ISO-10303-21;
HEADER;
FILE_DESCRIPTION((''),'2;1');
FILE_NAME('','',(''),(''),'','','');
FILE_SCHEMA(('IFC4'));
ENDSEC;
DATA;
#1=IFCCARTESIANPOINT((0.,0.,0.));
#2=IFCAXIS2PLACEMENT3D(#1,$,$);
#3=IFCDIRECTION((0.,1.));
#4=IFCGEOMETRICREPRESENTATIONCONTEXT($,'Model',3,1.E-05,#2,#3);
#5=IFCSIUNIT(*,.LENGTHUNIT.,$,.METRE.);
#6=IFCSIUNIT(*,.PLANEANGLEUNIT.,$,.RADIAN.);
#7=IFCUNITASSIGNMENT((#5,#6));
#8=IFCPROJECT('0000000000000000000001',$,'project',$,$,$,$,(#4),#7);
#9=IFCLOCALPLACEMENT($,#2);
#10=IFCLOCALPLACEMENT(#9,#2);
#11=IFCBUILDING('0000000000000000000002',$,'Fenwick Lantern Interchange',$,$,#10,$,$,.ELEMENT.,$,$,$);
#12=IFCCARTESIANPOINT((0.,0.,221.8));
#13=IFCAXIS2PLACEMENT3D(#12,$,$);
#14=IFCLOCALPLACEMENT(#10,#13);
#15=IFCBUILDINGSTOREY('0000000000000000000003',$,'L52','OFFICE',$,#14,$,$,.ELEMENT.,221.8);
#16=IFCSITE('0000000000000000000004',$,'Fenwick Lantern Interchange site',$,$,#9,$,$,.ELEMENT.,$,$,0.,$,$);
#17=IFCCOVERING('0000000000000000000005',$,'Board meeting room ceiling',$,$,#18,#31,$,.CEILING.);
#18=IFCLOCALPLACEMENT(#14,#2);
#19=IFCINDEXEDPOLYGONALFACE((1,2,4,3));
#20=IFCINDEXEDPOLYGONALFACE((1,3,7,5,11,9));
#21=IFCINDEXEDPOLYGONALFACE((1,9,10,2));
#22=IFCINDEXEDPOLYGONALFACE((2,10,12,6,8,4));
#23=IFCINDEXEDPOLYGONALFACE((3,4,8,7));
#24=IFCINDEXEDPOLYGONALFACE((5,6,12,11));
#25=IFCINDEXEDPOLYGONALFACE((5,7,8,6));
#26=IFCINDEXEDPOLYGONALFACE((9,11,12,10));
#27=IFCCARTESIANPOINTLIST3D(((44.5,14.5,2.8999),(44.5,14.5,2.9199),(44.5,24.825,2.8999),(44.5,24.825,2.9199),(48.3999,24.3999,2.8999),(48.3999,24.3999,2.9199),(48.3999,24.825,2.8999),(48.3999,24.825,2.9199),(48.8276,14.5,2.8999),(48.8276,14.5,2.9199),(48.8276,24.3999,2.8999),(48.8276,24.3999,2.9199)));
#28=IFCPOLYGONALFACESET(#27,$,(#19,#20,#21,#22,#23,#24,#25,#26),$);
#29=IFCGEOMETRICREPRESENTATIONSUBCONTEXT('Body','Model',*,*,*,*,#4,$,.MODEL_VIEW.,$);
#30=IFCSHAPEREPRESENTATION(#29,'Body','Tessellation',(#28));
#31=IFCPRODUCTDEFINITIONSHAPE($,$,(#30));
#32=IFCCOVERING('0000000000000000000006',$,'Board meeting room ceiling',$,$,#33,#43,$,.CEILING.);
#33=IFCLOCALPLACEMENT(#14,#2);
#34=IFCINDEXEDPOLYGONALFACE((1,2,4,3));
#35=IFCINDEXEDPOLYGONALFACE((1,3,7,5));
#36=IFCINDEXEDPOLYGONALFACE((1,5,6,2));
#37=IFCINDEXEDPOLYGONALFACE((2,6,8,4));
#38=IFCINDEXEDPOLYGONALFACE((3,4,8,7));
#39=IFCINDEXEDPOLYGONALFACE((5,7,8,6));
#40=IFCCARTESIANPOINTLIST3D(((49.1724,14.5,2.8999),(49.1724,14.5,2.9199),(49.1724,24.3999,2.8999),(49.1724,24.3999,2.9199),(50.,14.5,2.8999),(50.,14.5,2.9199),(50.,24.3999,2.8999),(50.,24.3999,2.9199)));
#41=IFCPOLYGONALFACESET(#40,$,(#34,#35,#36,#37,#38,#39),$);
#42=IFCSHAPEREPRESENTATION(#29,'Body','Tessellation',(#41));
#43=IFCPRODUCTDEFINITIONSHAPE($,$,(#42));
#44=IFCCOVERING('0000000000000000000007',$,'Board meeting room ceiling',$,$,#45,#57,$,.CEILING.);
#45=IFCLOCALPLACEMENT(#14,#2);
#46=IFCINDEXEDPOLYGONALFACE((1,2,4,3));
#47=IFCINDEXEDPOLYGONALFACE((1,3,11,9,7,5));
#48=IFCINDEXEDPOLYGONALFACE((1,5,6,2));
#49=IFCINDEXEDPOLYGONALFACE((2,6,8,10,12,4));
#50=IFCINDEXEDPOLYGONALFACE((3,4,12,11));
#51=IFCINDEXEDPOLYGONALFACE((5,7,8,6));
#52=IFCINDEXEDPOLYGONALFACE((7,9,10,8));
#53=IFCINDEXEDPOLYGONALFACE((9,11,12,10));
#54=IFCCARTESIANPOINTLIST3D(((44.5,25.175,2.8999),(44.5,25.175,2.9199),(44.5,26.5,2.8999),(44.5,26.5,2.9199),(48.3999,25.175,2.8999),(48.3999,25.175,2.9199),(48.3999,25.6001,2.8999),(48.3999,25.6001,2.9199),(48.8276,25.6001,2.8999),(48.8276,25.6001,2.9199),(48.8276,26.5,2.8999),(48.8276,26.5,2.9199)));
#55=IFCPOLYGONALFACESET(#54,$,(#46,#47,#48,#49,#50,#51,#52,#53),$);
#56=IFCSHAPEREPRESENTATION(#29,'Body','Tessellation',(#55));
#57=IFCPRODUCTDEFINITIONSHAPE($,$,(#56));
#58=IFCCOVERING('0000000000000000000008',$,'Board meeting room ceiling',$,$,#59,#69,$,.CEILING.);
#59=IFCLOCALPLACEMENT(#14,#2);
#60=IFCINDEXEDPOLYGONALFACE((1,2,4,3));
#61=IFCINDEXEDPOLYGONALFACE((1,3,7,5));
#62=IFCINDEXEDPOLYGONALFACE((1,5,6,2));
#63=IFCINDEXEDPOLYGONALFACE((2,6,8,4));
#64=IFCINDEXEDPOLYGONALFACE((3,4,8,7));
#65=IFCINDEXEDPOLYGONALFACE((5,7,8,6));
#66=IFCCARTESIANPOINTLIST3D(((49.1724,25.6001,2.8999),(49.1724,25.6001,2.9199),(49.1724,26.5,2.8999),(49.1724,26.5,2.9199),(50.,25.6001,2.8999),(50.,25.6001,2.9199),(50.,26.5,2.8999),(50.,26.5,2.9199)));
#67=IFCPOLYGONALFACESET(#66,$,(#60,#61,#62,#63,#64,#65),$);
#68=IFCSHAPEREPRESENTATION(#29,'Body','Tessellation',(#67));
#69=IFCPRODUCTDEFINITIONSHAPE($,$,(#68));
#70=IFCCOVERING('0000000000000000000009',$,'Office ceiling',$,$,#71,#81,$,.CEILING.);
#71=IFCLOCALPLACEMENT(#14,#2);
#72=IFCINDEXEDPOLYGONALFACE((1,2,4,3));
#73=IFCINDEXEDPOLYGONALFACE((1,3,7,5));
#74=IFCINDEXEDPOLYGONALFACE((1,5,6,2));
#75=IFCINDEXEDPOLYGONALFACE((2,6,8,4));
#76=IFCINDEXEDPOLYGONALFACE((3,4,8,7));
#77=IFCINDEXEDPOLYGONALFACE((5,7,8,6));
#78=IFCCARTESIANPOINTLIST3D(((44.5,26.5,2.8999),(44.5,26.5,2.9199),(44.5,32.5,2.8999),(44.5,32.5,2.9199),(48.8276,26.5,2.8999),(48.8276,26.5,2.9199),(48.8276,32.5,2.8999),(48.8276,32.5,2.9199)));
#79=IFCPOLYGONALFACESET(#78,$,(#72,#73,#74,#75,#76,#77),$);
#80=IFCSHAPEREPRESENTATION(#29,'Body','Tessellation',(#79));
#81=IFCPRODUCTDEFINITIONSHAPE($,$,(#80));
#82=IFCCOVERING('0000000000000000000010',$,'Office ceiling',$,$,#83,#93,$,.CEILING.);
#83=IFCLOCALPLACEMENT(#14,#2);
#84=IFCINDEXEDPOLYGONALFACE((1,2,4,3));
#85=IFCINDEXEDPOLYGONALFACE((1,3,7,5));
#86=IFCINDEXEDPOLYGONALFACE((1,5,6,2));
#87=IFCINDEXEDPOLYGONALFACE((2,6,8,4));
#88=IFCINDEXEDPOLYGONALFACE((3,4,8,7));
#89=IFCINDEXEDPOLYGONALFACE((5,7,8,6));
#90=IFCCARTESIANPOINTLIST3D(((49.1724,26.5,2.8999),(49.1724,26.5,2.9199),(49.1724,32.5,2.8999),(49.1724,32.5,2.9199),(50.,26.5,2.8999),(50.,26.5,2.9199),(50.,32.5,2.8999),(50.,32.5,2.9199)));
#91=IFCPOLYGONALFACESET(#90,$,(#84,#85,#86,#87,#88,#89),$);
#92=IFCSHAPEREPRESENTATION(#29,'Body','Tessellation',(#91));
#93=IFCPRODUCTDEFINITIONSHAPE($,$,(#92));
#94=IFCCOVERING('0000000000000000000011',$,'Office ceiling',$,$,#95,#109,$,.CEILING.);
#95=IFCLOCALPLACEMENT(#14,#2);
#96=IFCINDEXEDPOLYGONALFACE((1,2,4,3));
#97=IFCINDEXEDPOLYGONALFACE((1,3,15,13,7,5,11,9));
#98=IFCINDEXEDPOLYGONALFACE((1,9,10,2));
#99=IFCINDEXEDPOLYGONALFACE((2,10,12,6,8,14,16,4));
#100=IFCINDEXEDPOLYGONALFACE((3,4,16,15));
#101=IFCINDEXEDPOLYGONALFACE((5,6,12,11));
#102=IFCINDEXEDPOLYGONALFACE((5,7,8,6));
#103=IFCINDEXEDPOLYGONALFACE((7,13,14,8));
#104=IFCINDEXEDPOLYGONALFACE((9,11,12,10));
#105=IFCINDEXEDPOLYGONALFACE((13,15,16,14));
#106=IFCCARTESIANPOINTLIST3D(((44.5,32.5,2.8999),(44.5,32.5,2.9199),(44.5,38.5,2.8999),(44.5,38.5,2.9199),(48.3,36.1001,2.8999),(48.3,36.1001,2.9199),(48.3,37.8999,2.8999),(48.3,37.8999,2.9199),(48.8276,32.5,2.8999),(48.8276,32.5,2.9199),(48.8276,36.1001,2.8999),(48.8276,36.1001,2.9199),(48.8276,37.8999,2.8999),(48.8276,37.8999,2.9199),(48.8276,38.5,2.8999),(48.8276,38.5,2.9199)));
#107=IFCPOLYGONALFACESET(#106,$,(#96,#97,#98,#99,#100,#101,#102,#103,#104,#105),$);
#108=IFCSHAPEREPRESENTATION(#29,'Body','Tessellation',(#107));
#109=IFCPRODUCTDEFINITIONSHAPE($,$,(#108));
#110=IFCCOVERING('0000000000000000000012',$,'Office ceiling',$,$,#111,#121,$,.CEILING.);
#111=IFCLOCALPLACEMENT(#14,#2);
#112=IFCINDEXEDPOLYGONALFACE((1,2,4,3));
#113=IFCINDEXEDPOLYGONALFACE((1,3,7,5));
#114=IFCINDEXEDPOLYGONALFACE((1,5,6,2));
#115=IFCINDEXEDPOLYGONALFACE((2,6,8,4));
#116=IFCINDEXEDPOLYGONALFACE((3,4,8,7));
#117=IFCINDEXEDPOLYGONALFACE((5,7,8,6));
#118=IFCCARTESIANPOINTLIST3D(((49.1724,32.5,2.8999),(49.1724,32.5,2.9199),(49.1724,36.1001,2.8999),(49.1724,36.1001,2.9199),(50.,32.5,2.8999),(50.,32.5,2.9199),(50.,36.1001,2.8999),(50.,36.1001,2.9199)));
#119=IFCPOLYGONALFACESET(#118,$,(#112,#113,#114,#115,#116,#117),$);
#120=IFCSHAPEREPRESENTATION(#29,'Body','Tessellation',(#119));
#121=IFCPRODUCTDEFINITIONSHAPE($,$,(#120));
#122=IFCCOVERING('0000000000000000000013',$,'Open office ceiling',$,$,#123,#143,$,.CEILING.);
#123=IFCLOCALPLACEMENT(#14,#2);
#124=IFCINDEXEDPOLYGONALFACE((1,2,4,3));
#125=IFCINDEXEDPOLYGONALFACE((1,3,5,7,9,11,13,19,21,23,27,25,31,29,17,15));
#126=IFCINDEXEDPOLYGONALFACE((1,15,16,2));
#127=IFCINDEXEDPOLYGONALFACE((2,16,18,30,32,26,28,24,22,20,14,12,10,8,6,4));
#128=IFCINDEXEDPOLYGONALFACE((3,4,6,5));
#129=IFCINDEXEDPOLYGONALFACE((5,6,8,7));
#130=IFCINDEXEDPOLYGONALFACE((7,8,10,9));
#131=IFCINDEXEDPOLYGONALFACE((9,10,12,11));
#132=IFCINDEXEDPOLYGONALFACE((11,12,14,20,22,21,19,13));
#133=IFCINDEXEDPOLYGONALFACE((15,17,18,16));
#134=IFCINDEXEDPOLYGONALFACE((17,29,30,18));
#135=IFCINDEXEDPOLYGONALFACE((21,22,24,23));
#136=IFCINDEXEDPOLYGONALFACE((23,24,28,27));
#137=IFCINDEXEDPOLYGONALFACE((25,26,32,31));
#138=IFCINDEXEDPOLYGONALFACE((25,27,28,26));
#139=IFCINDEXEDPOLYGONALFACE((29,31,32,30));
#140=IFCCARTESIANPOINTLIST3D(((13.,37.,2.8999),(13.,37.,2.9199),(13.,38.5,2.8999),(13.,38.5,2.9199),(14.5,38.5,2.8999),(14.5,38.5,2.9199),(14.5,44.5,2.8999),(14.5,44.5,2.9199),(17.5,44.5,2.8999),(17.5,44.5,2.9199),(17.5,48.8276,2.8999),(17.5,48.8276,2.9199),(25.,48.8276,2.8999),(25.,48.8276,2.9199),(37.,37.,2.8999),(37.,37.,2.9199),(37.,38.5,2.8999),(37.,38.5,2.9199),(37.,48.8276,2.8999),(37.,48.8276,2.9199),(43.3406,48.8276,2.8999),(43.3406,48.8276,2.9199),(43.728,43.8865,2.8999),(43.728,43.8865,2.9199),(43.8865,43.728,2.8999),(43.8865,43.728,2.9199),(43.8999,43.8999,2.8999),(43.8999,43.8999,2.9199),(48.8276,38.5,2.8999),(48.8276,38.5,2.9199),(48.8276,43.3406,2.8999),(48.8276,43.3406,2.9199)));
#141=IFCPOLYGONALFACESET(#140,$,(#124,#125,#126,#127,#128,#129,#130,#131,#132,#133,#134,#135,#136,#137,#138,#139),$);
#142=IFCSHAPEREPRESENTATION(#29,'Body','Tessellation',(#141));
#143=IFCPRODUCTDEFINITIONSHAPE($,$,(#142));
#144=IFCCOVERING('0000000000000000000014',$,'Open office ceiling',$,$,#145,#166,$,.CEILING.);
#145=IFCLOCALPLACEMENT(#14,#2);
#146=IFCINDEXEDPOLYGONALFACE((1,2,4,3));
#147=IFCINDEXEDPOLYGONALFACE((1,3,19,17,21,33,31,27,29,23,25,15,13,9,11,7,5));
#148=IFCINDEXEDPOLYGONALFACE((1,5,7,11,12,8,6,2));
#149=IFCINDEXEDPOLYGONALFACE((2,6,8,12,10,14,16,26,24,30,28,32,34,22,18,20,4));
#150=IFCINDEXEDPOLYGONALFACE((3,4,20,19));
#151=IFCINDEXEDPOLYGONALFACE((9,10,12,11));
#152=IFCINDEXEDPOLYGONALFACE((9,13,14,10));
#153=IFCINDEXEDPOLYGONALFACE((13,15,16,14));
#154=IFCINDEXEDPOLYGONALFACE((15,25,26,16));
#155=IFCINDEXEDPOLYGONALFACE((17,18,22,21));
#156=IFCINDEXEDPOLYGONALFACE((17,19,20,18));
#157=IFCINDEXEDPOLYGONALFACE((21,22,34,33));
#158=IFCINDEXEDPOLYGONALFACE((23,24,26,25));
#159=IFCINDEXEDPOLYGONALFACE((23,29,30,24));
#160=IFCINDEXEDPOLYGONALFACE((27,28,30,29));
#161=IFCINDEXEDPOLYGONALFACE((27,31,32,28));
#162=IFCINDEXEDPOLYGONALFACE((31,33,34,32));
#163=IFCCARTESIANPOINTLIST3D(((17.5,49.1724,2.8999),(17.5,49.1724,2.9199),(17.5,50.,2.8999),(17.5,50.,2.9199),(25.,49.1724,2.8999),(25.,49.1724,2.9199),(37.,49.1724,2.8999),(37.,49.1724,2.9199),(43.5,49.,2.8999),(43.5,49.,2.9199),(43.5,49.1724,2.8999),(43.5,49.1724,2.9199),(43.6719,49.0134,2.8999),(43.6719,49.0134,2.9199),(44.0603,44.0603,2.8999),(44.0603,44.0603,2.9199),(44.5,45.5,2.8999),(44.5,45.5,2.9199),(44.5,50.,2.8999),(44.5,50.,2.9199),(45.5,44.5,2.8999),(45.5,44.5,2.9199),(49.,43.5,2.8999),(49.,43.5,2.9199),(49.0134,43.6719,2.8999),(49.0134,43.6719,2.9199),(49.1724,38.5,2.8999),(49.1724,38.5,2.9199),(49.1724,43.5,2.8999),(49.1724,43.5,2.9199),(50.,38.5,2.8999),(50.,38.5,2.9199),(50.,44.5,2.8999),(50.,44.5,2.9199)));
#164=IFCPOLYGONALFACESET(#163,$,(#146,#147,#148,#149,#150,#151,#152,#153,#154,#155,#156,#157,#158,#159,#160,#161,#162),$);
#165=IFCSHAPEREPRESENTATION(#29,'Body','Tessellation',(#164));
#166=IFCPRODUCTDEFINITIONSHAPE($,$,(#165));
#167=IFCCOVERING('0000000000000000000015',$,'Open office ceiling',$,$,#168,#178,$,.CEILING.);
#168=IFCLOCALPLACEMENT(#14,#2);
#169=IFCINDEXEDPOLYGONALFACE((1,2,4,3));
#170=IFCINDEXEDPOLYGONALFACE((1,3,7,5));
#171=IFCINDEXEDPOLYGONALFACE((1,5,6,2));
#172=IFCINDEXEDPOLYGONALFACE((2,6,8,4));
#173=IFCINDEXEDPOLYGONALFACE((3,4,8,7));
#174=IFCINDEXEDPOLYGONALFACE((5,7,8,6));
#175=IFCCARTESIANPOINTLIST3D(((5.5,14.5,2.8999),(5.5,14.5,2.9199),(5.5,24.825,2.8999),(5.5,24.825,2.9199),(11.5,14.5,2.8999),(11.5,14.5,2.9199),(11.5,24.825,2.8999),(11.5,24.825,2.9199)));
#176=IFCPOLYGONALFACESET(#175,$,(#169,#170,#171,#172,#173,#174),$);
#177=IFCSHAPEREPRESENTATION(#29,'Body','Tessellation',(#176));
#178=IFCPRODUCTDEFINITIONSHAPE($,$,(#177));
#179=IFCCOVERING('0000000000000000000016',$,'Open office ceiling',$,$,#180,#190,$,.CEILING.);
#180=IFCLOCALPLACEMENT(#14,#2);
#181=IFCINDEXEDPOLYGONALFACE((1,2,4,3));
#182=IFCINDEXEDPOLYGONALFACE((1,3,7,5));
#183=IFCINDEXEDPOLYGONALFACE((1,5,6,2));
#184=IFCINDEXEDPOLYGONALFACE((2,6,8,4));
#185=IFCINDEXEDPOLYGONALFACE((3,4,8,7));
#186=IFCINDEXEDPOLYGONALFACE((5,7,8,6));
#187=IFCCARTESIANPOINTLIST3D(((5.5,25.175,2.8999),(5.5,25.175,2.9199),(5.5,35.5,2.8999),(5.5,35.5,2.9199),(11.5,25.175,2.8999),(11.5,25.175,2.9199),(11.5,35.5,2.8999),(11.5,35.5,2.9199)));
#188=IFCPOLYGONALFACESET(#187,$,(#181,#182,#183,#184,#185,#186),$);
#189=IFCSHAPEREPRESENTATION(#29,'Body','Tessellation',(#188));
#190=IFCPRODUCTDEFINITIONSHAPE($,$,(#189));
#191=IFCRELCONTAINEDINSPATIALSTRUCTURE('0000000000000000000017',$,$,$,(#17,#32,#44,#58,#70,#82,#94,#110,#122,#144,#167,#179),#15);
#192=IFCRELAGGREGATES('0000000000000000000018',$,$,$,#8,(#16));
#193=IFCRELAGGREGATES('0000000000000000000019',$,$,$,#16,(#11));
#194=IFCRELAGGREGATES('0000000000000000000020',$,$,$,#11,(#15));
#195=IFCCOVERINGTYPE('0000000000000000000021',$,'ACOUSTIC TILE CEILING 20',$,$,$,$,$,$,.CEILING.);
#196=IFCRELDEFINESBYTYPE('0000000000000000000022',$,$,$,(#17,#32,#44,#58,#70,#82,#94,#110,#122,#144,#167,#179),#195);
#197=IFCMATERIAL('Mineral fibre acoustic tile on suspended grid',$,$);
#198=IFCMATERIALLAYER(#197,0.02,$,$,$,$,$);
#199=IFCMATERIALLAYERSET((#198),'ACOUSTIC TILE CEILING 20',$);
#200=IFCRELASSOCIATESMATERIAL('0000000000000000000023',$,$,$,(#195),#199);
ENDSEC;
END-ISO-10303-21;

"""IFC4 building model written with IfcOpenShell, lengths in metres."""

from ifc_helpers import new_model, si_unit, direction, frame, origin, place, context, subcontext, project, spatial, polyline, outline, extrude, material, layer, layer_set, type_object, element, save


model = new_model("IFC4")

# Units and contexts
model_context = context("Model", 3, precision=1e-05, world=origin(), true_north=direction((0.0, 1.0)))
body_context = subcontext(model_context, "Body", "Model", "MODEL_VIEW")
ifc_project = project(units=[si_unit("LENGTHUNIT", "METRE"), si_unit("PLANEANGLEUNIT", "RADIAN")], contexts=[model_context])

# Site, building, storey
site_placement = place(None, origin())
site = spatial("IfcSite", under=ifc_project, at=site_placement, Name="Fenwick Lantern Interchange site", CompositionType="ELEMENT", RefElevation=0.0)
building_placement = place(site_placement, origin())
building = spatial("IfcBuilding", under=site, at=building_placement, Name="Fenwick Lantern Interchange", CompositionType="ELEMENT")
storey_placement = place(building_placement, frame((0.0, 0.0, 221.8)))
storey = spatial("IfcBuildingStorey", under=building, at=storey_placement, Name="L52", Description="OFFICE", CompositionType="ELEMENT", Elevation=221.8)

# Coverings
ifc_material_1 = material(Name="Mineral fibre acoustic tile on suspended grid")
ifc_layer_1 = layer(ifc_material_1, 0.02)
ifc_layer_set_1 = layer_set([ifc_layer_1], Name="ACOUSTIC TILE CEILING 20")
covering_type_1 = type_object("IfcCoveringType", Name="ACOUSTIC TILE CEILING 20", PredefinedType="CEILING", material=ifc_layer_set_1)
covering_1_placement = place(storey_placement, frame((0.0, 0.0, 2.8999)))
element("IfcCovering", 1, at=covering_1_placement, inside=storey, type_object=covering_type_1, Name="Board meeting room ceiling", PredefinedType="CEILING", context=body_context, shape_type="SweptSolid", body=[
    extrude(outline(polyline([(44.5, 24.825), (44.5, 14.5), (48.8276, 14.5), (48.8276, 24.3999), (48.3999, 24.3999), (48.3999, 24.825), (44.5, 24.825)])), origin(), (0.0, 0.0, 1.0), 0.02),
])
covering_2_placement = place(storey_placement, frame((0.0, 0.0, 2.8999)))
element("IfcCovering", 2, at=covering_2_placement, inside=storey, type_object=covering_type_1, Name="Board meeting room ceiling", PredefinedType="CEILING", context=body_context, shape_type="SweptSolid", body=[
    extrude(outline(polyline([(50.0, 24.3999), (49.1724, 24.3999), (49.1724, 14.5), (50.0, 14.5), (50.0, 24.3999)])), origin(), (0.0, 0.0, 1.0), 0.02),
])
covering_3_placement = place(storey_placement, frame((0.0, 0.0, 2.8999)))
element("IfcCovering", 3, at=covering_3_placement, inside=storey, type_object=covering_type_1, Name="Board meeting room ceiling", PredefinedType="CEILING", context=body_context, shape_type="SweptSolid", body=[
    extrude(outline(polyline([(44.5, 26.5), (44.5, 25.175), (48.3999, 25.175), (48.3999, 25.6001), (48.8276, 25.6001), (48.8276, 26.5), (44.5, 26.5)])), origin(), (0.0, 0.0, 1.0), 0.02),
])
covering_4_placement = place(storey_placement, frame((0.0, 0.0, 2.8999)))
element("IfcCovering", 4, at=covering_4_placement, inside=storey, type_object=covering_type_1, Name="Board meeting room ceiling", PredefinedType="CEILING", context=body_context, shape_type="SweptSolid", body=[
    extrude(outline(polyline([(50.0, 26.5), (49.1724, 26.5), (49.1724, 25.6001), (50.0, 25.6001), (50.0, 26.5)])), origin(), (0.0, 0.0, 1.0), 0.02),
])
covering_5_placement = place(storey_placement, frame((0.0, 0.0, 2.8999)))
element("IfcCovering", 5, at=covering_5_placement, inside=storey, type_object=covering_type_1, Name="Office ceiling", PredefinedType="CEILING", context=body_context, shape_type="SweptSolid", body=[
    extrude(outline(polyline([(44.5, 26.5), (48.8276, 26.5), (48.8276, 32.5), (44.5, 32.5), (44.5, 26.5)])), origin(), (0.0, 0.0, 1.0), 0.02),
])
covering_6_placement = place(storey_placement, frame((0.0, 0.0, 2.8999)))
element("IfcCovering", 6, at=covering_6_placement, inside=storey, type_object=covering_type_1, Name="Office ceiling", PredefinedType="CEILING", context=body_context, shape_type="SweptSolid", body=[
    extrude(outline(polyline([(50.0, 32.5), (49.1724, 32.5), (49.1724, 26.5), (50.0, 26.5), (50.0, 32.5)])), origin(), (0.0, 0.0, 1.0), 0.02),
])
covering_7_placement = place(storey_placement, frame((0.0, 0.0, 2.8999)))
element("IfcCovering", 7, at=covering_7_placement, inside=storey, type_object=covering_type_1, Name="Office ceiling", PredefinedType="CEILING", context=body_context, shape_type="SweptSolid", body=[
    extrude(outline(polyline([(44.5, 32.5), (48.8276, 32.5), (48.8276, 36.1001), (48.3, 36.1001), (48.3, 37.8999), (48.8276, 37.8999), (48.8276, 38.5), (44.5, 38.5), (44.5, 32.5)])), origin(), (0.0, 0.0, 1.0), 0.02),
])
covering_8_placement = place(storey_placement, frame((0.0, 0.0, 2.8999)))
element("IfcCovering", 8, at=covering_8_placement, inside=storey, type_object=covering_type_1, Name="Office ceiling", PredefinedType="CEILING", context=body_context, shape_type="SweptSolid", body=[
    extrude(outline(polyline([(49.1724, 32.5), (50.0, 32.5), (50.0, 36.1001), (49.1724, 36.1001), (49.1724, 32.5)])), origin(), (0.0, 0.0, 1.0), 0.02),
])
covering_9_placement = place(storey_placement, frame((0.0, 0.0, 2.8999)))
element("IfcCovering", 9, at=covering_9_placement, inside=storey, type_object=covering_type_1, Name="Open office ceiling", PredefinedType="CEILING", context=body_context, shape_type="SweptSolid", body=[
    extrude(outline(polyline([(37.0, 38.5), (48.8276, 38.5), (48.8276, 43.3406), (43.8865, 43.728), (43.8999, 43.8999), (43.728, 43.8865), (43.3406, 48.8276), (37.0, 48.8276), (25.0, 48.8276), (17.5, 48.8276), (17.5, 44.5), (14.5, 44.5), (14.5, 38.5), (13.0, 38.5), (13.0, 37.0), (37.0, 37.0), (37.0, 38.5)])), origin(), (0.0, 0.0, 1.0), 0.02),
])
covering_10_placement = place(storey_placement, frame((0.0, 0.0, 2.8999)))
element("IfcCovering", 10, at=covering_10_placement, inside=storey, type_object=covering_type_1, Name="Open office ceiling", PredefinedType="CEILING", context=body_context, shape_type="SweptSolid", body=[
    extrude(outline(polyline([(44.5, 45.5), (44.5, 50.0), (17.5, 50.0), (17.5, 49.1724), (25.0, 49.1724), (37.0, 49.1724), (43.5, 49.1724), (43.5, 49.0), (43.6719, 49.0134), (44.0603, 44.0603), (49.0134, 43.6719), (49.0, 43.5), (49.1724, 43.5), (49.1724, 38.5), (50.0, 38.5), (50.0, 44.5), (45.5, 44.5), (44.5, 45.5)])), origin(), (0.0, 0.0, 1.0), 0.02),
])
covering_11_placement = place(storey_placement, frame((0.0, 0.0, 2.8999)))
element("IfcCovering", 11, at=covering_11_placement, inside=storey, type_object=covering_type_1, Name="Open office ceiling", PredefinedType="CEILING", context=body_context, shape_type="SweptSolid", body=[
    extrude(outline(polyline([(11.5, 14.5), (11.5, 24.825), (5.5, 24.825), (5.5, 14.5), (11.5, 14.5)])), origin(), (0.0, 0.0, 1.0), 0.02),
])
covering_12_placement = place(storey_placement, frame((0.0, 0.0, 2.8999)))
element("IfcCovering", 12, at=covering_12_placement, inside=storey, type_object=covering_type_1, Name="Open office ceiling", PredefinedType="CEILING", context=body_context, shape_type="SweptSolid", body=[
    extrude(outline(polyline([(11.5, 25.175), (11.5, 35.5), (5.5, 35.5), (5.5, 25.175), (11.5, 25.175)])), origin(), (0.0, 0.0, 1.0), 0.02),
])

save(model, "model.ifc")
